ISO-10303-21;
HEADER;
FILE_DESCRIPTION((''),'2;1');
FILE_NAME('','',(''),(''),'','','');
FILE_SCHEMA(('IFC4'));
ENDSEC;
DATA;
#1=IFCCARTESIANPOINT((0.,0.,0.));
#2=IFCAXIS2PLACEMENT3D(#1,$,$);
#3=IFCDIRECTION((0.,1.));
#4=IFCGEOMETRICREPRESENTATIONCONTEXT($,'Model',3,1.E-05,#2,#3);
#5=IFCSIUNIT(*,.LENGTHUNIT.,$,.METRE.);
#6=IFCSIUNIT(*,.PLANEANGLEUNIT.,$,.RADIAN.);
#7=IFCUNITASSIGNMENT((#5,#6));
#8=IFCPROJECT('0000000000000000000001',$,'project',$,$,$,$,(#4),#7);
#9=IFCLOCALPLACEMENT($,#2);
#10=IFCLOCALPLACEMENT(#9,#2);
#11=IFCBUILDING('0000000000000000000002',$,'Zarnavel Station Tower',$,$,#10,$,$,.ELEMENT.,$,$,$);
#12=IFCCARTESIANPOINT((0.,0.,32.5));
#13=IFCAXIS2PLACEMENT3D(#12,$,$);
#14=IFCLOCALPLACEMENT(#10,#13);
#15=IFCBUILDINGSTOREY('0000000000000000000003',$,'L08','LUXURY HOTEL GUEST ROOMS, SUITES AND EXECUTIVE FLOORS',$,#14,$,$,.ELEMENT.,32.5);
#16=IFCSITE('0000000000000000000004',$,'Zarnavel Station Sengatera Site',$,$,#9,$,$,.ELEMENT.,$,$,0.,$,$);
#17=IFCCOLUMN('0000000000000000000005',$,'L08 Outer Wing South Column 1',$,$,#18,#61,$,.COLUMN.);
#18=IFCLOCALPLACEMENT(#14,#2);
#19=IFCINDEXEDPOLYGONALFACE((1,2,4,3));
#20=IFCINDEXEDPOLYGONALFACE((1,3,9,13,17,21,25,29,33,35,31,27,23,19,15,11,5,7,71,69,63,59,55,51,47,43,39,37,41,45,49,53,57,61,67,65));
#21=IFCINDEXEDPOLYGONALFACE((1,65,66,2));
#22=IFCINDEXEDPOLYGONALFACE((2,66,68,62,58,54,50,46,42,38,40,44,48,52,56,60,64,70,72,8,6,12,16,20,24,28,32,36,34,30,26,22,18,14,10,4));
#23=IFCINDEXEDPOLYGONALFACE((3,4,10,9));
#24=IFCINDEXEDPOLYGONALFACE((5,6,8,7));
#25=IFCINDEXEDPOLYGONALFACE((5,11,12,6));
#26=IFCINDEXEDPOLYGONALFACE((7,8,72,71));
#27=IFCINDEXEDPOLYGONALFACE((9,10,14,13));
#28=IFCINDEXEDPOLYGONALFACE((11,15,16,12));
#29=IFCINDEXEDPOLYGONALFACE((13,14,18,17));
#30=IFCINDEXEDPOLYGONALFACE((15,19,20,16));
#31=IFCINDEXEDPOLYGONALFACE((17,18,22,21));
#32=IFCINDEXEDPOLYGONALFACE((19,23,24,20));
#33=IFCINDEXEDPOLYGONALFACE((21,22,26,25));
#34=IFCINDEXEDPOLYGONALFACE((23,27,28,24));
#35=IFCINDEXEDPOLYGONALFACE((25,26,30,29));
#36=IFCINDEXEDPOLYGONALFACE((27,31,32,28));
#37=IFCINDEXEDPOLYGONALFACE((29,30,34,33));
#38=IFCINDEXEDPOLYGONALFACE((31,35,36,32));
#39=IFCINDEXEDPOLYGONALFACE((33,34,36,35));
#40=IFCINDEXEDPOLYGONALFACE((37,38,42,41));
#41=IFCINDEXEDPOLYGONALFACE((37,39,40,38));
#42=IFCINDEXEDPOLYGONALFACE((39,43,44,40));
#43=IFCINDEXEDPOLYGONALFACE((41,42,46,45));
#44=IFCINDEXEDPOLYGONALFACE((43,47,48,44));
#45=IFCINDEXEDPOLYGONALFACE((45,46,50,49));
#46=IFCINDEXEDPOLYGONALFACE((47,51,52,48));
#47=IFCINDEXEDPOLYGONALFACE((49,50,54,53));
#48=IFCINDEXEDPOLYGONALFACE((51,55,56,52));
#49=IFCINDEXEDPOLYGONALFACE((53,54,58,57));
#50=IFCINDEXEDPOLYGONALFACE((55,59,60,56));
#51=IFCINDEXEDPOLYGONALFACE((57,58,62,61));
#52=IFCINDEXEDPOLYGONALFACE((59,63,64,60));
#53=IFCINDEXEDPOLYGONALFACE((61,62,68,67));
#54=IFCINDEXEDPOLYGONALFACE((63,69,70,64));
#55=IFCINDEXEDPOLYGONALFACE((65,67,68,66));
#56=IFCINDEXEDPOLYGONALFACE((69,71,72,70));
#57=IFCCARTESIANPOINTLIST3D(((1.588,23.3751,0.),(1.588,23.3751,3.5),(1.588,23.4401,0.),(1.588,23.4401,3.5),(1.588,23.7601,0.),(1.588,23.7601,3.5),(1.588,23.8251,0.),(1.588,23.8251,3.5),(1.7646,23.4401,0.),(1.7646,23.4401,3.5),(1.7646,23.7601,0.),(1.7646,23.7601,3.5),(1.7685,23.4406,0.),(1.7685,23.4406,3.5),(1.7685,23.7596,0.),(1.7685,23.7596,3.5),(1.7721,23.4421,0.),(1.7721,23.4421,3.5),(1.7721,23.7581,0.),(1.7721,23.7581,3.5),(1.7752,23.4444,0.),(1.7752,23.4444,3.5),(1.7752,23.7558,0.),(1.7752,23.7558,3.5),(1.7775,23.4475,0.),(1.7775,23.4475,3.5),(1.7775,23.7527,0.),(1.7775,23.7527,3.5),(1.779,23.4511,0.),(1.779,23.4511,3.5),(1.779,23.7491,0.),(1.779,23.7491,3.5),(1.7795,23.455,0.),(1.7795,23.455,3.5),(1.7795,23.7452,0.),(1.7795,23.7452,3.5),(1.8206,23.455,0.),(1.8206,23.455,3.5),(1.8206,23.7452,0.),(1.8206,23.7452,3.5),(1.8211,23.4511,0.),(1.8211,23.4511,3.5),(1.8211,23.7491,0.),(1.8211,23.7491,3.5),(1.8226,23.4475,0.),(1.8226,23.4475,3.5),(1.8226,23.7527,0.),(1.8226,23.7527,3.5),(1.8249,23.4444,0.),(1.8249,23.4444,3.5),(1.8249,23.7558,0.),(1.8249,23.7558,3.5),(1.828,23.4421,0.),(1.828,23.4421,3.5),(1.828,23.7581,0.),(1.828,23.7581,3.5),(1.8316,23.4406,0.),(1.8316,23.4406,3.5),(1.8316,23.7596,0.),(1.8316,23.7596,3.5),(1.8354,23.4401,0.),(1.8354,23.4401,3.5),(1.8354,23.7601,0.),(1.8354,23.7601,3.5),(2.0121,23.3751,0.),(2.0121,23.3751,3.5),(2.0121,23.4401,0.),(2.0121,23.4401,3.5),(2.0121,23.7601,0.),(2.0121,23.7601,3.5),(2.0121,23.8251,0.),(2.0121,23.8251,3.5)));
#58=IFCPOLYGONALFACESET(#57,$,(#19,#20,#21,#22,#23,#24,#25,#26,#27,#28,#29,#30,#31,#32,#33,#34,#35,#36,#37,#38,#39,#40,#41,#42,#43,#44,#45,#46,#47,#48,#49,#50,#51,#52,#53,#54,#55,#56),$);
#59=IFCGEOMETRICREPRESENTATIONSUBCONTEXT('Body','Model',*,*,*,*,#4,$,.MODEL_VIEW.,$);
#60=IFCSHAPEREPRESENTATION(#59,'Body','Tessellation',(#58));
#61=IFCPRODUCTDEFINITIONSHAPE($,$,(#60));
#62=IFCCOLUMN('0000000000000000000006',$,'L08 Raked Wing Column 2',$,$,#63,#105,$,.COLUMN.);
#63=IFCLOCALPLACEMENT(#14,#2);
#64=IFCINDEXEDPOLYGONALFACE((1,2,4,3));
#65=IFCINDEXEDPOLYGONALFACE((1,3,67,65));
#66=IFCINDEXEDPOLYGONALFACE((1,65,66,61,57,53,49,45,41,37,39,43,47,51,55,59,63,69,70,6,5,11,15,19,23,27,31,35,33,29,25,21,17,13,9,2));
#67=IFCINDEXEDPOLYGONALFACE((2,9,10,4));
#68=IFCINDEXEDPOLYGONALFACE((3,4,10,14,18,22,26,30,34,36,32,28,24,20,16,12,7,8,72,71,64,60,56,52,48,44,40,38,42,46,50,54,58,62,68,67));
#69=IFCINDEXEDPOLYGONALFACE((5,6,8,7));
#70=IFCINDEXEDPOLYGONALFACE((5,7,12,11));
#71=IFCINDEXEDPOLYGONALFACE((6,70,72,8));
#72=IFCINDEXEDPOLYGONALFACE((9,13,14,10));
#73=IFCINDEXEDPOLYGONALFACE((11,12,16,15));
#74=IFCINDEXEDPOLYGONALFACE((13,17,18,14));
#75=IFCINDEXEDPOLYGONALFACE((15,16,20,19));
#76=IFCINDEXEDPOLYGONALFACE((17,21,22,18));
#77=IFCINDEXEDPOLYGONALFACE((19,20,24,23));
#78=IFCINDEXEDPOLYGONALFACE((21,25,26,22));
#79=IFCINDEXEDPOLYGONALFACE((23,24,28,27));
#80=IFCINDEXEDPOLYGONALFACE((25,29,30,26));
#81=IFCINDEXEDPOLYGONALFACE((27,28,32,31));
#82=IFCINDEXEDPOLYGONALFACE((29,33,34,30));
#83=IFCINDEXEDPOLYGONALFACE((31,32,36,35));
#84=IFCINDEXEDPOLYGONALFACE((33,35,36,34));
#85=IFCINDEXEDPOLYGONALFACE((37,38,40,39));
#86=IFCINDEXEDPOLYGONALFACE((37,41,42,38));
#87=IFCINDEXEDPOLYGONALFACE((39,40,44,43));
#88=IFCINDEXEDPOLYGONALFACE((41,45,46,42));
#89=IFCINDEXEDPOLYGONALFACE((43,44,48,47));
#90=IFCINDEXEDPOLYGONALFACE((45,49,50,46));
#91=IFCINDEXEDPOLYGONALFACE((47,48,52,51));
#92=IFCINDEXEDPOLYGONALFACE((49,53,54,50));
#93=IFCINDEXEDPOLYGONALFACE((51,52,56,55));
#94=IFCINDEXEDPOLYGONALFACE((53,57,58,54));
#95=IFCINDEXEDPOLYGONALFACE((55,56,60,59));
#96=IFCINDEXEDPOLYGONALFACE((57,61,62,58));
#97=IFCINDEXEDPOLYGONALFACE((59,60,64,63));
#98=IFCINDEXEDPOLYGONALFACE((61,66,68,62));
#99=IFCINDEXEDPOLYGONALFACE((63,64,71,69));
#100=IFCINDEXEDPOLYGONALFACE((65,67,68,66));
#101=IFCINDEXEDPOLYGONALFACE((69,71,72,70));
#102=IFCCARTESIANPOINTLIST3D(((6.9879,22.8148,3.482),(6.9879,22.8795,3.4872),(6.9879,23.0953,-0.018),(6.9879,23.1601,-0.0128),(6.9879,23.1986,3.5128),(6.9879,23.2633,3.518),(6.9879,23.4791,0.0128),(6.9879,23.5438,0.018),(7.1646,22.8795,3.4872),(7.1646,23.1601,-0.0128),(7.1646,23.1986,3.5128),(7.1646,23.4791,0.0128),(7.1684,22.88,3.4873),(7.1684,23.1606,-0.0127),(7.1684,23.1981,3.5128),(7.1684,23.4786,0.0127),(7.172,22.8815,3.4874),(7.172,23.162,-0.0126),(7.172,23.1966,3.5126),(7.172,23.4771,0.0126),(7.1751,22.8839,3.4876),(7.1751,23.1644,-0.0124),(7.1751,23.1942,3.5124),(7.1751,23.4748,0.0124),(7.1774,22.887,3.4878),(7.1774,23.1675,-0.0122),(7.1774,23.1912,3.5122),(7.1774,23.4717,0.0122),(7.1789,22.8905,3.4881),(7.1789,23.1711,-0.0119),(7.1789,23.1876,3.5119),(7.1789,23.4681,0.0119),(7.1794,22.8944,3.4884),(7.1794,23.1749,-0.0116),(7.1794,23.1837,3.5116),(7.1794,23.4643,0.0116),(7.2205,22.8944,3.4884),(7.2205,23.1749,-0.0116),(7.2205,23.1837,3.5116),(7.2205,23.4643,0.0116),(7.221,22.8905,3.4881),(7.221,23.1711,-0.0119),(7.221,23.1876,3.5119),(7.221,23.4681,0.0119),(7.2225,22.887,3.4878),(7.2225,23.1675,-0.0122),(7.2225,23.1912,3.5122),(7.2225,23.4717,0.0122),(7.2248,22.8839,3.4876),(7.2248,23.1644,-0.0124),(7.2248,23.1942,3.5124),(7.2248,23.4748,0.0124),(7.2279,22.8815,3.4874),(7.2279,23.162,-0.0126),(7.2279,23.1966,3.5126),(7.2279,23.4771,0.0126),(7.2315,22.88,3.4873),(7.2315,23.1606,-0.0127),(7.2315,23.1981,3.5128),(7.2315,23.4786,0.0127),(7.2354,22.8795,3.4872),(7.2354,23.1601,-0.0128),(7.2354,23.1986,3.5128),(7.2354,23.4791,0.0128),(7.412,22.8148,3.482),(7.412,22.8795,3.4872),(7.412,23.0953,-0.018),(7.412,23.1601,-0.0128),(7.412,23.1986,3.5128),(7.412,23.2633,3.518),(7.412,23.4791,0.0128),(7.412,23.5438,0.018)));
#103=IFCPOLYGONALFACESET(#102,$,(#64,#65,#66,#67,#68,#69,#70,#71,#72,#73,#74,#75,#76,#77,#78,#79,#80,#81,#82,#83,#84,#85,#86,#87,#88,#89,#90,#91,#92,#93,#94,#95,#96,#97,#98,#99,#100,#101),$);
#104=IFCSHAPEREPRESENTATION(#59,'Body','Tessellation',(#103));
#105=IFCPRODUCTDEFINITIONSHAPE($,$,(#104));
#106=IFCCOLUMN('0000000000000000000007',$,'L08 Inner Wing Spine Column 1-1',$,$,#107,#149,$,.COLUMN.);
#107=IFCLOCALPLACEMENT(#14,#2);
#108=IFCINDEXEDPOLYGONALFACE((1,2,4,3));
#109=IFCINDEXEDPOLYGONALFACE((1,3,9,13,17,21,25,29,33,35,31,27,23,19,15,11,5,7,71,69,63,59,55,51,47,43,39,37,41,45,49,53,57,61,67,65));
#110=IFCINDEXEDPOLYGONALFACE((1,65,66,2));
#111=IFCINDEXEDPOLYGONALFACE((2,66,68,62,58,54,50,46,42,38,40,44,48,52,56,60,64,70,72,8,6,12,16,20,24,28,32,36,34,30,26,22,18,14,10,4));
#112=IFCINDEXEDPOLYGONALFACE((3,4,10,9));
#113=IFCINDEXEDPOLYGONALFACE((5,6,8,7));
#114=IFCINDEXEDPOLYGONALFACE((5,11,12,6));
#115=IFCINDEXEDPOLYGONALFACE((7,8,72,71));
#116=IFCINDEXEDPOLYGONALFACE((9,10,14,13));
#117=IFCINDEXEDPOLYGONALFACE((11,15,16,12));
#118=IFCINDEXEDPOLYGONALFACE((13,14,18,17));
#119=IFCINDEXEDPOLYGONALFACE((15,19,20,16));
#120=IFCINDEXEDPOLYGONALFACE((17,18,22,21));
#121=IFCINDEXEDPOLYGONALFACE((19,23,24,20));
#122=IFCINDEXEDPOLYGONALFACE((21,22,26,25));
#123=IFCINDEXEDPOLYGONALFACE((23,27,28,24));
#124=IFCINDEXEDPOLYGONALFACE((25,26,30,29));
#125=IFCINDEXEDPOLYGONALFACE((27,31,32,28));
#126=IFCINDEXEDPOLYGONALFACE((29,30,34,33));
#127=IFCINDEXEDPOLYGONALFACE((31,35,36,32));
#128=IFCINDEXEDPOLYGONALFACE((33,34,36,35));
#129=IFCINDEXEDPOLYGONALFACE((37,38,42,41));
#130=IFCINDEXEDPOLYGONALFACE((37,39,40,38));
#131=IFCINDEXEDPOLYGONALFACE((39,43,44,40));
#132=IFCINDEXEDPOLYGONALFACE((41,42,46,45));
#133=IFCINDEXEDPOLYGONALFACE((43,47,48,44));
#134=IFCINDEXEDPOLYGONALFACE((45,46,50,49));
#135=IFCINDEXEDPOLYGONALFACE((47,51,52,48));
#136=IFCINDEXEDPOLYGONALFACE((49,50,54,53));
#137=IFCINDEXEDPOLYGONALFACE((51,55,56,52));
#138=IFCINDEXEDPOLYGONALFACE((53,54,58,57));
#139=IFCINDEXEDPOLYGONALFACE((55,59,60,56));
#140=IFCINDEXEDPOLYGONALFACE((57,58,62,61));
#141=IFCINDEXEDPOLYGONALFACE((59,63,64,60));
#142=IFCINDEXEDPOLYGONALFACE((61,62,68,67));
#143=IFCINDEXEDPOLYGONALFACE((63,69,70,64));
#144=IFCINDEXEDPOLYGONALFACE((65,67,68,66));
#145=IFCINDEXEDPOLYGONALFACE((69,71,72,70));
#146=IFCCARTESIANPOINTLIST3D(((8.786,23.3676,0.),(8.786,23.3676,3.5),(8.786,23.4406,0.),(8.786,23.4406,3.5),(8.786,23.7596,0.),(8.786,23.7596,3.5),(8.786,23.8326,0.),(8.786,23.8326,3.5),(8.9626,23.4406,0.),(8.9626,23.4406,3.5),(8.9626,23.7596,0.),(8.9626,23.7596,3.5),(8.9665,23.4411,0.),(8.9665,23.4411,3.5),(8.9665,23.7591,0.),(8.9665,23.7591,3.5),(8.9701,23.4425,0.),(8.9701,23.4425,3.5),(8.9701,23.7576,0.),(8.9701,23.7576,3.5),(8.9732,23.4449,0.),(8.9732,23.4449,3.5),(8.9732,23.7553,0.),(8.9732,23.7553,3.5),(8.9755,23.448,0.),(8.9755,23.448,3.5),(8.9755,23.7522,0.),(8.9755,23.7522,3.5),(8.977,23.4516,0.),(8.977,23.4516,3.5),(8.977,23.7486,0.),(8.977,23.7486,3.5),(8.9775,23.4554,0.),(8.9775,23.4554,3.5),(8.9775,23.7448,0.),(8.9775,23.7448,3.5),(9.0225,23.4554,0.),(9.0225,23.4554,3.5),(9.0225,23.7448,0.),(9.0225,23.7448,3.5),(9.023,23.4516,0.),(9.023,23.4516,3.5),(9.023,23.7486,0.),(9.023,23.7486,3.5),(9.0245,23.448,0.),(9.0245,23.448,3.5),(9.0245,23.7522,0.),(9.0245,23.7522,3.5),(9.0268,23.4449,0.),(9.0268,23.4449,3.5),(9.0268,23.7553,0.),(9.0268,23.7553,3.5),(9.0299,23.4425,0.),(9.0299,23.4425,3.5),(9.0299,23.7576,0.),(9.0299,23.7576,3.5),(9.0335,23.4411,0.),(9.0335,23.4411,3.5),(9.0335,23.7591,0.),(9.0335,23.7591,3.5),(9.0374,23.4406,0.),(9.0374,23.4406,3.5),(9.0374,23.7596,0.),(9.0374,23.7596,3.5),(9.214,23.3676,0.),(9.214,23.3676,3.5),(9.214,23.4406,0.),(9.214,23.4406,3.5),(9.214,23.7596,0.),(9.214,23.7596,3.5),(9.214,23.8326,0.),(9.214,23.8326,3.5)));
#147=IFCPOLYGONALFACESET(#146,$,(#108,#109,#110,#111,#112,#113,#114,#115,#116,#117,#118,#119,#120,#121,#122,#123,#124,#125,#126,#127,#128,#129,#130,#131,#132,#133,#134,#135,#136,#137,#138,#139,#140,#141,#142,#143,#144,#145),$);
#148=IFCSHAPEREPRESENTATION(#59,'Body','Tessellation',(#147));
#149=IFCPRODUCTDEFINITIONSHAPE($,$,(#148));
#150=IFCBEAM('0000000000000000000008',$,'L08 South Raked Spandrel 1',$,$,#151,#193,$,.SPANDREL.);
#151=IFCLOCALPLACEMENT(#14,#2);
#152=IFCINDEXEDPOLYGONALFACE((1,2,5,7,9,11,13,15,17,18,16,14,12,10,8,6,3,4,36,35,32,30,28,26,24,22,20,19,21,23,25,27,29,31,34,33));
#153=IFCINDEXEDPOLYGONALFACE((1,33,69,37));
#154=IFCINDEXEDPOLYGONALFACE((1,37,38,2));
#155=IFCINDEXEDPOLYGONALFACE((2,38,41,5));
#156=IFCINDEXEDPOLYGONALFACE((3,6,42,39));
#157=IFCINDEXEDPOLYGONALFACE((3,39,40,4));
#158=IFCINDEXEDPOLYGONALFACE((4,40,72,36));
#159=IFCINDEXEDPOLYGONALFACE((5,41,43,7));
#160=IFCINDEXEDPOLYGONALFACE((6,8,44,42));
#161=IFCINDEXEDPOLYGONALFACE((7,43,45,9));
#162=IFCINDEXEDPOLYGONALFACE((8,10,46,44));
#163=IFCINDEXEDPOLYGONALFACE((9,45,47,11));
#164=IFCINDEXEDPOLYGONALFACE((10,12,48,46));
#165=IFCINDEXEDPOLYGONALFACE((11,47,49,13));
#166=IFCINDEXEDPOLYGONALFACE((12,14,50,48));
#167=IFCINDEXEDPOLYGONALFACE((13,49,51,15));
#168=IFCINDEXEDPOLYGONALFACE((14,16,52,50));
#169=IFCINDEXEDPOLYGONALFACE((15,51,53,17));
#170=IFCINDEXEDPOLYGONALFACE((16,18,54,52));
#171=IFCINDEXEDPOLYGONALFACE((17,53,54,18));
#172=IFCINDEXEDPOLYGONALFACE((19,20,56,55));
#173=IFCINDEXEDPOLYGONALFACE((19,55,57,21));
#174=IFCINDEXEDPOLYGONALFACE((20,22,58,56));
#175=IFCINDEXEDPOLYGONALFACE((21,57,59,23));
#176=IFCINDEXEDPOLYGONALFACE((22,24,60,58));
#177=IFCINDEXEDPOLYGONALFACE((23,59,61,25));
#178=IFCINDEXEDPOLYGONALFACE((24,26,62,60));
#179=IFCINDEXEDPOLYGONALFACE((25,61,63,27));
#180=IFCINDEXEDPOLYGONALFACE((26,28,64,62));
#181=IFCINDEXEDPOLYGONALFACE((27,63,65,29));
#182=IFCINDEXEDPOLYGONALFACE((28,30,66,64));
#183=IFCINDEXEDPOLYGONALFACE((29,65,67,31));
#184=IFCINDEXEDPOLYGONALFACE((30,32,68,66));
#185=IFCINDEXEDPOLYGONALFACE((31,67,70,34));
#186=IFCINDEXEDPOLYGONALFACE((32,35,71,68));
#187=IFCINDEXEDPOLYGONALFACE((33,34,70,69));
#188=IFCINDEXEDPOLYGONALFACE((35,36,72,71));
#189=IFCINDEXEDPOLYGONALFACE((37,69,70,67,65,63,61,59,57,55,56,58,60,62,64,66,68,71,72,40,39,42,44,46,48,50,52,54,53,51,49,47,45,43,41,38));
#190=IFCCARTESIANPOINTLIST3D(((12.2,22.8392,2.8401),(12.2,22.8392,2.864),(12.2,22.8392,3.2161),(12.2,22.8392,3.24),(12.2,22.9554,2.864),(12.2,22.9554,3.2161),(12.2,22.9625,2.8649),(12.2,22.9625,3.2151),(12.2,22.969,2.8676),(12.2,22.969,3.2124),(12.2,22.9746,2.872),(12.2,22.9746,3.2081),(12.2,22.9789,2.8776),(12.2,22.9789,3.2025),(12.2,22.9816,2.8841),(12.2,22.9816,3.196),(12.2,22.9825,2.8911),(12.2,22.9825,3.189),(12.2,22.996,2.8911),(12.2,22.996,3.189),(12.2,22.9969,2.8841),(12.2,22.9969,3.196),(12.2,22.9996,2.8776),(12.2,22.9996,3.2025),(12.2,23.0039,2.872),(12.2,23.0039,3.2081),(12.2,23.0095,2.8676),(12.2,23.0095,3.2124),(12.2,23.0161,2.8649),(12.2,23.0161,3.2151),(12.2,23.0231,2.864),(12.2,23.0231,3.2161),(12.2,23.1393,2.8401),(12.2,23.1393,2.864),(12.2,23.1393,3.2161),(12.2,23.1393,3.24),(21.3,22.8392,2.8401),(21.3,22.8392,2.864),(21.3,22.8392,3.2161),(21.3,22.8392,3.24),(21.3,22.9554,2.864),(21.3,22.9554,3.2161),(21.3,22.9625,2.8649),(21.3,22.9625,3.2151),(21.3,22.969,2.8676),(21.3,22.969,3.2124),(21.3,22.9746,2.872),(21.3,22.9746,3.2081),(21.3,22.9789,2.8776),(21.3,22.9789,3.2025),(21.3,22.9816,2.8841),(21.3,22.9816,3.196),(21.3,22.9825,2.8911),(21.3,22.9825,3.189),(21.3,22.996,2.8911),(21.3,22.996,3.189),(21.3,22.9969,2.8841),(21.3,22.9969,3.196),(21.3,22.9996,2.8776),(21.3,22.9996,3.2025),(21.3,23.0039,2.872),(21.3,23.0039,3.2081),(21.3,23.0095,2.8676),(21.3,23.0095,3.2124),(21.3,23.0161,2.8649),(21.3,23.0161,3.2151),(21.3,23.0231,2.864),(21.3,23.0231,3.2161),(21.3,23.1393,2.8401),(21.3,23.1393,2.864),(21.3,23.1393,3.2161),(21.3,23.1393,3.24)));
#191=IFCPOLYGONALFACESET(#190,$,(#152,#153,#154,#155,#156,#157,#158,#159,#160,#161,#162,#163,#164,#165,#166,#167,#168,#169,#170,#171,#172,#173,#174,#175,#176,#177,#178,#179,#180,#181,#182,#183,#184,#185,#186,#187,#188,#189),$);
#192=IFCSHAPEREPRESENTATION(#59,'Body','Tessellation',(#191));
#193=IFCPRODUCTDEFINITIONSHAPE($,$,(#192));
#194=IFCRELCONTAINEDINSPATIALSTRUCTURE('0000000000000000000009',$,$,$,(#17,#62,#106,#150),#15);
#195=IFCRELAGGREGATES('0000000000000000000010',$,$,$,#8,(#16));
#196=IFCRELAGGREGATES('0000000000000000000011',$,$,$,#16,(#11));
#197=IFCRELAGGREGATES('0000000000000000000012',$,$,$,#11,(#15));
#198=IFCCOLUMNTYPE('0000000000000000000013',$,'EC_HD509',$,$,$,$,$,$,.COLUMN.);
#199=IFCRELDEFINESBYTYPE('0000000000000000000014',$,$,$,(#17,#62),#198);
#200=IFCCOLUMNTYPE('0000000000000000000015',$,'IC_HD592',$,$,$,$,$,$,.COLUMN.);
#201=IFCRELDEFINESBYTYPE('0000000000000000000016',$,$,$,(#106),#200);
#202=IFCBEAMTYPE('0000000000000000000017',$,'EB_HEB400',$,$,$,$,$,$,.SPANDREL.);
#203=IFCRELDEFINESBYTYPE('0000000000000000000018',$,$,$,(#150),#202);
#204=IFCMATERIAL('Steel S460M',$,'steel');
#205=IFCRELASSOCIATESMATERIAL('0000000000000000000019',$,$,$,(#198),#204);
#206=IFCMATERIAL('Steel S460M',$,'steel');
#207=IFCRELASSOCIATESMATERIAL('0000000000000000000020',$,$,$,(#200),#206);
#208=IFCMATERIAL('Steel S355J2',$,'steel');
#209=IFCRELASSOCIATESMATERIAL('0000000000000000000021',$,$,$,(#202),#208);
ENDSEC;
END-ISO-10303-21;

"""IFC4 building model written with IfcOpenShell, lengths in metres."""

from ifc_helpers import new_model, si_unit, direction, frame, origin, origin_2d, place, context, subcontext, project, spatial, i_section, extrude, material, material_profile, profile_set, type_object, element, save


model = new_model("IFC4")

# Units and contexts
model_context = context("Model", 3, precision=1e-05, world=origin(), true_north=direction((0.0, 1.0)))
body_context = subcontext(model_context, "Body", "Model", "MODEL_VIEW")
ifc_project = project(units=[si_unit("LENGTHUNIT", "METRE"), si_unit("PLANEANGLEUNIT", "RADIAN")], contexts=[model_context])

# Site, building, storey
site_placement = place(None, origin())
site = spatial("IfcSite", under=ifc_project, at=site_placement, Name="Zarnavel Station Sengatera Site", CompositionType="ELEMENT", RefElevation=0.0)
building_placement = place(site_placement, origin())
building = spatial("IfcBuilding", under=site, at=building_placement, Name="Zarnavel Station Tower", CompositionType="ELEMENT")
storey_placement = place(building_placement, frame((0.0, 0.0, 32.5)))
storey = spatial("IfcBuildingStorey", under=building, at=storey_placement, Name="L08", Description="LUXURY HOTEL GUEST ROOMS, SUITES AND EXECUTIVE FLOORS", CompositionType="ELEMENT", Elevation=32.5)

# Columns
ifc_material_1 = material(Name="Steel S460M", Category="steel")
ifc_material_profile_1 = material_profile(ifc_material_1, i_section(OverallWidth=0.4241, OverallDepth=0.45, WebThickness=0.041, FlangeThickness=0.0649, FilletRadius=0.0149, at=origin_2d()), Name="HD400x509")
ifc_profile_set_1 = profile_set([ifc_material_profile_1], Name="Steel S460M")
column_type_1 = type_object("IfcColumnType", Name="EC_HD509", PredefinedType="COLUMN", material=ifc_profile_set_1)
column_1_placement = place(storey_placement, frame((1.8, 23.6001, 0.0), z_axis=(0.0, 0.0, 1.0), x_axis=(1.0, 0.0, 0.0)))
element("IfcColumn", 1, at=column_1_placement, inside=storey, type_object=column_type_1, Name="L08 Outer Wing South Column 1", PredefinedType="COLUMN", context=body_context, shape_type="SweptSolid", body=[
    extrude(i_section(OverallWidth=0.4241, OverallDepth=0.45, WebThickness=0.041, FlangeThickness=0.0649, FilletRadius=0.0149, at=origin_2d()), origin(), (0.0, 0.0, 1.0), 3.5),
])
column_2_placement = place(storey_placement, frame((7.2, 23.3196, 0.0), z_axis=(0.0, -0.079892, 0.996804), x_axis=(1.0, 0.0, 0.0)))
element("IfcColumn", 2, at=column_2_placement, inside=storey, type_object=column_type_1, Name="L08 Raked Wing Column 2", PredefinedType="COLUMN", context=body_context, shape_type="SweptSolid", body=[
    extrude(i_section(OverallWidth=0.4241, OverallDepth=0.45, WebThickness=0.041, FlangeThickness=0.0649, FilletRadius=0.0149, at=origin_2d()), origin(), (0.0, 0.0, 1.0), 3.5112),
])
ifc_material_2 = material(Name="Steel S460M", Category="steel")
ifc_material_profile_2 = material_profile(ifc_material_2, i_section(OverallWidth=0.428, OverallDepth=0.4651, WebThickness=0.0449, FlangeThickness=0.073, FilletRadius=0.0149, at=origin_2d()), Name="HD400x592")
ifc_profile_set_2 = profile_set([ifc_material_profile_2], Name="Steel S460M")
column_type_2 = type_object("IfcColumnType", Name="IC_HD592", PredefinedType="COLUMN", material=ifc_profile_set_2)
column_3_placement = place(storey_placement, frame((9.0, 23.6001, 0.0), z_axis=(0.0, 0.0, 1.0), x_axis=(1.0, 0.0, 0.0)))
element("IfcColumn", 3, at=column_3_placement, inside=storey, type_object=column_type_2, Name="L08 Inner Wing Spine Column 1-1", PredefinedType="COLUMN", context=body_context, shape_type="SweptSolid", body=[
    extrude(i_section(OverallWidth=0.428, OverallDepth=0.4651, WebThickness=0.0449, FlangeThickness=0.073, FilletRadius=0.0149, at=origin_2d()), origin(), (0.0, 0.0, 1.0), 3.5),
])

# Beam
ifc_material_3 = material(Name="Steel S355J2", Category="steel")
ifc_material_profile_3 = material_profile(ifc_material_3, i_section(OverallWidth=0.3, OverallDepth=0.3999, WebThickness=0.0134, FlangeThickness=0.0239, FilletRadius=0.0271, at=origin_2d()), Name="HEB400")
ifc_profile_set_3 = profile_set([ifc_material_profile_3], Name="Steel S355J2")
beam_type_1 = type_object("IfcBeamType", Name="EB_HEB400", PredefinedType="SPANDREL", material=ifc_profile_set_3)
beam_1_placement = place(storey_placement, frame((12.2, 22.9893, 3.04), z_axis=(1.0, 0.0, 0.0), x_axis=(0.0, 1.0, 0.0)))
element("IfcBeam", 4, at=beam_1_placement, inside=storey, type_object=beam_type_1, Name="L08 South Raked Spandrel 1", PredefinedType="SPANDREL", context=body_context, shape_type="SweptSolid", body=[
    extrude(i_section(OverallWidth=0.3, OverallDepth=0.3999, WebThickness=0.0134, FlangeThickness=0.0239, FilletRadius=0.0271, at=origin_2d()), origin(), (0.0, 0.0, 1.0), 9.1001),
])

save(model, "model.ifc")
